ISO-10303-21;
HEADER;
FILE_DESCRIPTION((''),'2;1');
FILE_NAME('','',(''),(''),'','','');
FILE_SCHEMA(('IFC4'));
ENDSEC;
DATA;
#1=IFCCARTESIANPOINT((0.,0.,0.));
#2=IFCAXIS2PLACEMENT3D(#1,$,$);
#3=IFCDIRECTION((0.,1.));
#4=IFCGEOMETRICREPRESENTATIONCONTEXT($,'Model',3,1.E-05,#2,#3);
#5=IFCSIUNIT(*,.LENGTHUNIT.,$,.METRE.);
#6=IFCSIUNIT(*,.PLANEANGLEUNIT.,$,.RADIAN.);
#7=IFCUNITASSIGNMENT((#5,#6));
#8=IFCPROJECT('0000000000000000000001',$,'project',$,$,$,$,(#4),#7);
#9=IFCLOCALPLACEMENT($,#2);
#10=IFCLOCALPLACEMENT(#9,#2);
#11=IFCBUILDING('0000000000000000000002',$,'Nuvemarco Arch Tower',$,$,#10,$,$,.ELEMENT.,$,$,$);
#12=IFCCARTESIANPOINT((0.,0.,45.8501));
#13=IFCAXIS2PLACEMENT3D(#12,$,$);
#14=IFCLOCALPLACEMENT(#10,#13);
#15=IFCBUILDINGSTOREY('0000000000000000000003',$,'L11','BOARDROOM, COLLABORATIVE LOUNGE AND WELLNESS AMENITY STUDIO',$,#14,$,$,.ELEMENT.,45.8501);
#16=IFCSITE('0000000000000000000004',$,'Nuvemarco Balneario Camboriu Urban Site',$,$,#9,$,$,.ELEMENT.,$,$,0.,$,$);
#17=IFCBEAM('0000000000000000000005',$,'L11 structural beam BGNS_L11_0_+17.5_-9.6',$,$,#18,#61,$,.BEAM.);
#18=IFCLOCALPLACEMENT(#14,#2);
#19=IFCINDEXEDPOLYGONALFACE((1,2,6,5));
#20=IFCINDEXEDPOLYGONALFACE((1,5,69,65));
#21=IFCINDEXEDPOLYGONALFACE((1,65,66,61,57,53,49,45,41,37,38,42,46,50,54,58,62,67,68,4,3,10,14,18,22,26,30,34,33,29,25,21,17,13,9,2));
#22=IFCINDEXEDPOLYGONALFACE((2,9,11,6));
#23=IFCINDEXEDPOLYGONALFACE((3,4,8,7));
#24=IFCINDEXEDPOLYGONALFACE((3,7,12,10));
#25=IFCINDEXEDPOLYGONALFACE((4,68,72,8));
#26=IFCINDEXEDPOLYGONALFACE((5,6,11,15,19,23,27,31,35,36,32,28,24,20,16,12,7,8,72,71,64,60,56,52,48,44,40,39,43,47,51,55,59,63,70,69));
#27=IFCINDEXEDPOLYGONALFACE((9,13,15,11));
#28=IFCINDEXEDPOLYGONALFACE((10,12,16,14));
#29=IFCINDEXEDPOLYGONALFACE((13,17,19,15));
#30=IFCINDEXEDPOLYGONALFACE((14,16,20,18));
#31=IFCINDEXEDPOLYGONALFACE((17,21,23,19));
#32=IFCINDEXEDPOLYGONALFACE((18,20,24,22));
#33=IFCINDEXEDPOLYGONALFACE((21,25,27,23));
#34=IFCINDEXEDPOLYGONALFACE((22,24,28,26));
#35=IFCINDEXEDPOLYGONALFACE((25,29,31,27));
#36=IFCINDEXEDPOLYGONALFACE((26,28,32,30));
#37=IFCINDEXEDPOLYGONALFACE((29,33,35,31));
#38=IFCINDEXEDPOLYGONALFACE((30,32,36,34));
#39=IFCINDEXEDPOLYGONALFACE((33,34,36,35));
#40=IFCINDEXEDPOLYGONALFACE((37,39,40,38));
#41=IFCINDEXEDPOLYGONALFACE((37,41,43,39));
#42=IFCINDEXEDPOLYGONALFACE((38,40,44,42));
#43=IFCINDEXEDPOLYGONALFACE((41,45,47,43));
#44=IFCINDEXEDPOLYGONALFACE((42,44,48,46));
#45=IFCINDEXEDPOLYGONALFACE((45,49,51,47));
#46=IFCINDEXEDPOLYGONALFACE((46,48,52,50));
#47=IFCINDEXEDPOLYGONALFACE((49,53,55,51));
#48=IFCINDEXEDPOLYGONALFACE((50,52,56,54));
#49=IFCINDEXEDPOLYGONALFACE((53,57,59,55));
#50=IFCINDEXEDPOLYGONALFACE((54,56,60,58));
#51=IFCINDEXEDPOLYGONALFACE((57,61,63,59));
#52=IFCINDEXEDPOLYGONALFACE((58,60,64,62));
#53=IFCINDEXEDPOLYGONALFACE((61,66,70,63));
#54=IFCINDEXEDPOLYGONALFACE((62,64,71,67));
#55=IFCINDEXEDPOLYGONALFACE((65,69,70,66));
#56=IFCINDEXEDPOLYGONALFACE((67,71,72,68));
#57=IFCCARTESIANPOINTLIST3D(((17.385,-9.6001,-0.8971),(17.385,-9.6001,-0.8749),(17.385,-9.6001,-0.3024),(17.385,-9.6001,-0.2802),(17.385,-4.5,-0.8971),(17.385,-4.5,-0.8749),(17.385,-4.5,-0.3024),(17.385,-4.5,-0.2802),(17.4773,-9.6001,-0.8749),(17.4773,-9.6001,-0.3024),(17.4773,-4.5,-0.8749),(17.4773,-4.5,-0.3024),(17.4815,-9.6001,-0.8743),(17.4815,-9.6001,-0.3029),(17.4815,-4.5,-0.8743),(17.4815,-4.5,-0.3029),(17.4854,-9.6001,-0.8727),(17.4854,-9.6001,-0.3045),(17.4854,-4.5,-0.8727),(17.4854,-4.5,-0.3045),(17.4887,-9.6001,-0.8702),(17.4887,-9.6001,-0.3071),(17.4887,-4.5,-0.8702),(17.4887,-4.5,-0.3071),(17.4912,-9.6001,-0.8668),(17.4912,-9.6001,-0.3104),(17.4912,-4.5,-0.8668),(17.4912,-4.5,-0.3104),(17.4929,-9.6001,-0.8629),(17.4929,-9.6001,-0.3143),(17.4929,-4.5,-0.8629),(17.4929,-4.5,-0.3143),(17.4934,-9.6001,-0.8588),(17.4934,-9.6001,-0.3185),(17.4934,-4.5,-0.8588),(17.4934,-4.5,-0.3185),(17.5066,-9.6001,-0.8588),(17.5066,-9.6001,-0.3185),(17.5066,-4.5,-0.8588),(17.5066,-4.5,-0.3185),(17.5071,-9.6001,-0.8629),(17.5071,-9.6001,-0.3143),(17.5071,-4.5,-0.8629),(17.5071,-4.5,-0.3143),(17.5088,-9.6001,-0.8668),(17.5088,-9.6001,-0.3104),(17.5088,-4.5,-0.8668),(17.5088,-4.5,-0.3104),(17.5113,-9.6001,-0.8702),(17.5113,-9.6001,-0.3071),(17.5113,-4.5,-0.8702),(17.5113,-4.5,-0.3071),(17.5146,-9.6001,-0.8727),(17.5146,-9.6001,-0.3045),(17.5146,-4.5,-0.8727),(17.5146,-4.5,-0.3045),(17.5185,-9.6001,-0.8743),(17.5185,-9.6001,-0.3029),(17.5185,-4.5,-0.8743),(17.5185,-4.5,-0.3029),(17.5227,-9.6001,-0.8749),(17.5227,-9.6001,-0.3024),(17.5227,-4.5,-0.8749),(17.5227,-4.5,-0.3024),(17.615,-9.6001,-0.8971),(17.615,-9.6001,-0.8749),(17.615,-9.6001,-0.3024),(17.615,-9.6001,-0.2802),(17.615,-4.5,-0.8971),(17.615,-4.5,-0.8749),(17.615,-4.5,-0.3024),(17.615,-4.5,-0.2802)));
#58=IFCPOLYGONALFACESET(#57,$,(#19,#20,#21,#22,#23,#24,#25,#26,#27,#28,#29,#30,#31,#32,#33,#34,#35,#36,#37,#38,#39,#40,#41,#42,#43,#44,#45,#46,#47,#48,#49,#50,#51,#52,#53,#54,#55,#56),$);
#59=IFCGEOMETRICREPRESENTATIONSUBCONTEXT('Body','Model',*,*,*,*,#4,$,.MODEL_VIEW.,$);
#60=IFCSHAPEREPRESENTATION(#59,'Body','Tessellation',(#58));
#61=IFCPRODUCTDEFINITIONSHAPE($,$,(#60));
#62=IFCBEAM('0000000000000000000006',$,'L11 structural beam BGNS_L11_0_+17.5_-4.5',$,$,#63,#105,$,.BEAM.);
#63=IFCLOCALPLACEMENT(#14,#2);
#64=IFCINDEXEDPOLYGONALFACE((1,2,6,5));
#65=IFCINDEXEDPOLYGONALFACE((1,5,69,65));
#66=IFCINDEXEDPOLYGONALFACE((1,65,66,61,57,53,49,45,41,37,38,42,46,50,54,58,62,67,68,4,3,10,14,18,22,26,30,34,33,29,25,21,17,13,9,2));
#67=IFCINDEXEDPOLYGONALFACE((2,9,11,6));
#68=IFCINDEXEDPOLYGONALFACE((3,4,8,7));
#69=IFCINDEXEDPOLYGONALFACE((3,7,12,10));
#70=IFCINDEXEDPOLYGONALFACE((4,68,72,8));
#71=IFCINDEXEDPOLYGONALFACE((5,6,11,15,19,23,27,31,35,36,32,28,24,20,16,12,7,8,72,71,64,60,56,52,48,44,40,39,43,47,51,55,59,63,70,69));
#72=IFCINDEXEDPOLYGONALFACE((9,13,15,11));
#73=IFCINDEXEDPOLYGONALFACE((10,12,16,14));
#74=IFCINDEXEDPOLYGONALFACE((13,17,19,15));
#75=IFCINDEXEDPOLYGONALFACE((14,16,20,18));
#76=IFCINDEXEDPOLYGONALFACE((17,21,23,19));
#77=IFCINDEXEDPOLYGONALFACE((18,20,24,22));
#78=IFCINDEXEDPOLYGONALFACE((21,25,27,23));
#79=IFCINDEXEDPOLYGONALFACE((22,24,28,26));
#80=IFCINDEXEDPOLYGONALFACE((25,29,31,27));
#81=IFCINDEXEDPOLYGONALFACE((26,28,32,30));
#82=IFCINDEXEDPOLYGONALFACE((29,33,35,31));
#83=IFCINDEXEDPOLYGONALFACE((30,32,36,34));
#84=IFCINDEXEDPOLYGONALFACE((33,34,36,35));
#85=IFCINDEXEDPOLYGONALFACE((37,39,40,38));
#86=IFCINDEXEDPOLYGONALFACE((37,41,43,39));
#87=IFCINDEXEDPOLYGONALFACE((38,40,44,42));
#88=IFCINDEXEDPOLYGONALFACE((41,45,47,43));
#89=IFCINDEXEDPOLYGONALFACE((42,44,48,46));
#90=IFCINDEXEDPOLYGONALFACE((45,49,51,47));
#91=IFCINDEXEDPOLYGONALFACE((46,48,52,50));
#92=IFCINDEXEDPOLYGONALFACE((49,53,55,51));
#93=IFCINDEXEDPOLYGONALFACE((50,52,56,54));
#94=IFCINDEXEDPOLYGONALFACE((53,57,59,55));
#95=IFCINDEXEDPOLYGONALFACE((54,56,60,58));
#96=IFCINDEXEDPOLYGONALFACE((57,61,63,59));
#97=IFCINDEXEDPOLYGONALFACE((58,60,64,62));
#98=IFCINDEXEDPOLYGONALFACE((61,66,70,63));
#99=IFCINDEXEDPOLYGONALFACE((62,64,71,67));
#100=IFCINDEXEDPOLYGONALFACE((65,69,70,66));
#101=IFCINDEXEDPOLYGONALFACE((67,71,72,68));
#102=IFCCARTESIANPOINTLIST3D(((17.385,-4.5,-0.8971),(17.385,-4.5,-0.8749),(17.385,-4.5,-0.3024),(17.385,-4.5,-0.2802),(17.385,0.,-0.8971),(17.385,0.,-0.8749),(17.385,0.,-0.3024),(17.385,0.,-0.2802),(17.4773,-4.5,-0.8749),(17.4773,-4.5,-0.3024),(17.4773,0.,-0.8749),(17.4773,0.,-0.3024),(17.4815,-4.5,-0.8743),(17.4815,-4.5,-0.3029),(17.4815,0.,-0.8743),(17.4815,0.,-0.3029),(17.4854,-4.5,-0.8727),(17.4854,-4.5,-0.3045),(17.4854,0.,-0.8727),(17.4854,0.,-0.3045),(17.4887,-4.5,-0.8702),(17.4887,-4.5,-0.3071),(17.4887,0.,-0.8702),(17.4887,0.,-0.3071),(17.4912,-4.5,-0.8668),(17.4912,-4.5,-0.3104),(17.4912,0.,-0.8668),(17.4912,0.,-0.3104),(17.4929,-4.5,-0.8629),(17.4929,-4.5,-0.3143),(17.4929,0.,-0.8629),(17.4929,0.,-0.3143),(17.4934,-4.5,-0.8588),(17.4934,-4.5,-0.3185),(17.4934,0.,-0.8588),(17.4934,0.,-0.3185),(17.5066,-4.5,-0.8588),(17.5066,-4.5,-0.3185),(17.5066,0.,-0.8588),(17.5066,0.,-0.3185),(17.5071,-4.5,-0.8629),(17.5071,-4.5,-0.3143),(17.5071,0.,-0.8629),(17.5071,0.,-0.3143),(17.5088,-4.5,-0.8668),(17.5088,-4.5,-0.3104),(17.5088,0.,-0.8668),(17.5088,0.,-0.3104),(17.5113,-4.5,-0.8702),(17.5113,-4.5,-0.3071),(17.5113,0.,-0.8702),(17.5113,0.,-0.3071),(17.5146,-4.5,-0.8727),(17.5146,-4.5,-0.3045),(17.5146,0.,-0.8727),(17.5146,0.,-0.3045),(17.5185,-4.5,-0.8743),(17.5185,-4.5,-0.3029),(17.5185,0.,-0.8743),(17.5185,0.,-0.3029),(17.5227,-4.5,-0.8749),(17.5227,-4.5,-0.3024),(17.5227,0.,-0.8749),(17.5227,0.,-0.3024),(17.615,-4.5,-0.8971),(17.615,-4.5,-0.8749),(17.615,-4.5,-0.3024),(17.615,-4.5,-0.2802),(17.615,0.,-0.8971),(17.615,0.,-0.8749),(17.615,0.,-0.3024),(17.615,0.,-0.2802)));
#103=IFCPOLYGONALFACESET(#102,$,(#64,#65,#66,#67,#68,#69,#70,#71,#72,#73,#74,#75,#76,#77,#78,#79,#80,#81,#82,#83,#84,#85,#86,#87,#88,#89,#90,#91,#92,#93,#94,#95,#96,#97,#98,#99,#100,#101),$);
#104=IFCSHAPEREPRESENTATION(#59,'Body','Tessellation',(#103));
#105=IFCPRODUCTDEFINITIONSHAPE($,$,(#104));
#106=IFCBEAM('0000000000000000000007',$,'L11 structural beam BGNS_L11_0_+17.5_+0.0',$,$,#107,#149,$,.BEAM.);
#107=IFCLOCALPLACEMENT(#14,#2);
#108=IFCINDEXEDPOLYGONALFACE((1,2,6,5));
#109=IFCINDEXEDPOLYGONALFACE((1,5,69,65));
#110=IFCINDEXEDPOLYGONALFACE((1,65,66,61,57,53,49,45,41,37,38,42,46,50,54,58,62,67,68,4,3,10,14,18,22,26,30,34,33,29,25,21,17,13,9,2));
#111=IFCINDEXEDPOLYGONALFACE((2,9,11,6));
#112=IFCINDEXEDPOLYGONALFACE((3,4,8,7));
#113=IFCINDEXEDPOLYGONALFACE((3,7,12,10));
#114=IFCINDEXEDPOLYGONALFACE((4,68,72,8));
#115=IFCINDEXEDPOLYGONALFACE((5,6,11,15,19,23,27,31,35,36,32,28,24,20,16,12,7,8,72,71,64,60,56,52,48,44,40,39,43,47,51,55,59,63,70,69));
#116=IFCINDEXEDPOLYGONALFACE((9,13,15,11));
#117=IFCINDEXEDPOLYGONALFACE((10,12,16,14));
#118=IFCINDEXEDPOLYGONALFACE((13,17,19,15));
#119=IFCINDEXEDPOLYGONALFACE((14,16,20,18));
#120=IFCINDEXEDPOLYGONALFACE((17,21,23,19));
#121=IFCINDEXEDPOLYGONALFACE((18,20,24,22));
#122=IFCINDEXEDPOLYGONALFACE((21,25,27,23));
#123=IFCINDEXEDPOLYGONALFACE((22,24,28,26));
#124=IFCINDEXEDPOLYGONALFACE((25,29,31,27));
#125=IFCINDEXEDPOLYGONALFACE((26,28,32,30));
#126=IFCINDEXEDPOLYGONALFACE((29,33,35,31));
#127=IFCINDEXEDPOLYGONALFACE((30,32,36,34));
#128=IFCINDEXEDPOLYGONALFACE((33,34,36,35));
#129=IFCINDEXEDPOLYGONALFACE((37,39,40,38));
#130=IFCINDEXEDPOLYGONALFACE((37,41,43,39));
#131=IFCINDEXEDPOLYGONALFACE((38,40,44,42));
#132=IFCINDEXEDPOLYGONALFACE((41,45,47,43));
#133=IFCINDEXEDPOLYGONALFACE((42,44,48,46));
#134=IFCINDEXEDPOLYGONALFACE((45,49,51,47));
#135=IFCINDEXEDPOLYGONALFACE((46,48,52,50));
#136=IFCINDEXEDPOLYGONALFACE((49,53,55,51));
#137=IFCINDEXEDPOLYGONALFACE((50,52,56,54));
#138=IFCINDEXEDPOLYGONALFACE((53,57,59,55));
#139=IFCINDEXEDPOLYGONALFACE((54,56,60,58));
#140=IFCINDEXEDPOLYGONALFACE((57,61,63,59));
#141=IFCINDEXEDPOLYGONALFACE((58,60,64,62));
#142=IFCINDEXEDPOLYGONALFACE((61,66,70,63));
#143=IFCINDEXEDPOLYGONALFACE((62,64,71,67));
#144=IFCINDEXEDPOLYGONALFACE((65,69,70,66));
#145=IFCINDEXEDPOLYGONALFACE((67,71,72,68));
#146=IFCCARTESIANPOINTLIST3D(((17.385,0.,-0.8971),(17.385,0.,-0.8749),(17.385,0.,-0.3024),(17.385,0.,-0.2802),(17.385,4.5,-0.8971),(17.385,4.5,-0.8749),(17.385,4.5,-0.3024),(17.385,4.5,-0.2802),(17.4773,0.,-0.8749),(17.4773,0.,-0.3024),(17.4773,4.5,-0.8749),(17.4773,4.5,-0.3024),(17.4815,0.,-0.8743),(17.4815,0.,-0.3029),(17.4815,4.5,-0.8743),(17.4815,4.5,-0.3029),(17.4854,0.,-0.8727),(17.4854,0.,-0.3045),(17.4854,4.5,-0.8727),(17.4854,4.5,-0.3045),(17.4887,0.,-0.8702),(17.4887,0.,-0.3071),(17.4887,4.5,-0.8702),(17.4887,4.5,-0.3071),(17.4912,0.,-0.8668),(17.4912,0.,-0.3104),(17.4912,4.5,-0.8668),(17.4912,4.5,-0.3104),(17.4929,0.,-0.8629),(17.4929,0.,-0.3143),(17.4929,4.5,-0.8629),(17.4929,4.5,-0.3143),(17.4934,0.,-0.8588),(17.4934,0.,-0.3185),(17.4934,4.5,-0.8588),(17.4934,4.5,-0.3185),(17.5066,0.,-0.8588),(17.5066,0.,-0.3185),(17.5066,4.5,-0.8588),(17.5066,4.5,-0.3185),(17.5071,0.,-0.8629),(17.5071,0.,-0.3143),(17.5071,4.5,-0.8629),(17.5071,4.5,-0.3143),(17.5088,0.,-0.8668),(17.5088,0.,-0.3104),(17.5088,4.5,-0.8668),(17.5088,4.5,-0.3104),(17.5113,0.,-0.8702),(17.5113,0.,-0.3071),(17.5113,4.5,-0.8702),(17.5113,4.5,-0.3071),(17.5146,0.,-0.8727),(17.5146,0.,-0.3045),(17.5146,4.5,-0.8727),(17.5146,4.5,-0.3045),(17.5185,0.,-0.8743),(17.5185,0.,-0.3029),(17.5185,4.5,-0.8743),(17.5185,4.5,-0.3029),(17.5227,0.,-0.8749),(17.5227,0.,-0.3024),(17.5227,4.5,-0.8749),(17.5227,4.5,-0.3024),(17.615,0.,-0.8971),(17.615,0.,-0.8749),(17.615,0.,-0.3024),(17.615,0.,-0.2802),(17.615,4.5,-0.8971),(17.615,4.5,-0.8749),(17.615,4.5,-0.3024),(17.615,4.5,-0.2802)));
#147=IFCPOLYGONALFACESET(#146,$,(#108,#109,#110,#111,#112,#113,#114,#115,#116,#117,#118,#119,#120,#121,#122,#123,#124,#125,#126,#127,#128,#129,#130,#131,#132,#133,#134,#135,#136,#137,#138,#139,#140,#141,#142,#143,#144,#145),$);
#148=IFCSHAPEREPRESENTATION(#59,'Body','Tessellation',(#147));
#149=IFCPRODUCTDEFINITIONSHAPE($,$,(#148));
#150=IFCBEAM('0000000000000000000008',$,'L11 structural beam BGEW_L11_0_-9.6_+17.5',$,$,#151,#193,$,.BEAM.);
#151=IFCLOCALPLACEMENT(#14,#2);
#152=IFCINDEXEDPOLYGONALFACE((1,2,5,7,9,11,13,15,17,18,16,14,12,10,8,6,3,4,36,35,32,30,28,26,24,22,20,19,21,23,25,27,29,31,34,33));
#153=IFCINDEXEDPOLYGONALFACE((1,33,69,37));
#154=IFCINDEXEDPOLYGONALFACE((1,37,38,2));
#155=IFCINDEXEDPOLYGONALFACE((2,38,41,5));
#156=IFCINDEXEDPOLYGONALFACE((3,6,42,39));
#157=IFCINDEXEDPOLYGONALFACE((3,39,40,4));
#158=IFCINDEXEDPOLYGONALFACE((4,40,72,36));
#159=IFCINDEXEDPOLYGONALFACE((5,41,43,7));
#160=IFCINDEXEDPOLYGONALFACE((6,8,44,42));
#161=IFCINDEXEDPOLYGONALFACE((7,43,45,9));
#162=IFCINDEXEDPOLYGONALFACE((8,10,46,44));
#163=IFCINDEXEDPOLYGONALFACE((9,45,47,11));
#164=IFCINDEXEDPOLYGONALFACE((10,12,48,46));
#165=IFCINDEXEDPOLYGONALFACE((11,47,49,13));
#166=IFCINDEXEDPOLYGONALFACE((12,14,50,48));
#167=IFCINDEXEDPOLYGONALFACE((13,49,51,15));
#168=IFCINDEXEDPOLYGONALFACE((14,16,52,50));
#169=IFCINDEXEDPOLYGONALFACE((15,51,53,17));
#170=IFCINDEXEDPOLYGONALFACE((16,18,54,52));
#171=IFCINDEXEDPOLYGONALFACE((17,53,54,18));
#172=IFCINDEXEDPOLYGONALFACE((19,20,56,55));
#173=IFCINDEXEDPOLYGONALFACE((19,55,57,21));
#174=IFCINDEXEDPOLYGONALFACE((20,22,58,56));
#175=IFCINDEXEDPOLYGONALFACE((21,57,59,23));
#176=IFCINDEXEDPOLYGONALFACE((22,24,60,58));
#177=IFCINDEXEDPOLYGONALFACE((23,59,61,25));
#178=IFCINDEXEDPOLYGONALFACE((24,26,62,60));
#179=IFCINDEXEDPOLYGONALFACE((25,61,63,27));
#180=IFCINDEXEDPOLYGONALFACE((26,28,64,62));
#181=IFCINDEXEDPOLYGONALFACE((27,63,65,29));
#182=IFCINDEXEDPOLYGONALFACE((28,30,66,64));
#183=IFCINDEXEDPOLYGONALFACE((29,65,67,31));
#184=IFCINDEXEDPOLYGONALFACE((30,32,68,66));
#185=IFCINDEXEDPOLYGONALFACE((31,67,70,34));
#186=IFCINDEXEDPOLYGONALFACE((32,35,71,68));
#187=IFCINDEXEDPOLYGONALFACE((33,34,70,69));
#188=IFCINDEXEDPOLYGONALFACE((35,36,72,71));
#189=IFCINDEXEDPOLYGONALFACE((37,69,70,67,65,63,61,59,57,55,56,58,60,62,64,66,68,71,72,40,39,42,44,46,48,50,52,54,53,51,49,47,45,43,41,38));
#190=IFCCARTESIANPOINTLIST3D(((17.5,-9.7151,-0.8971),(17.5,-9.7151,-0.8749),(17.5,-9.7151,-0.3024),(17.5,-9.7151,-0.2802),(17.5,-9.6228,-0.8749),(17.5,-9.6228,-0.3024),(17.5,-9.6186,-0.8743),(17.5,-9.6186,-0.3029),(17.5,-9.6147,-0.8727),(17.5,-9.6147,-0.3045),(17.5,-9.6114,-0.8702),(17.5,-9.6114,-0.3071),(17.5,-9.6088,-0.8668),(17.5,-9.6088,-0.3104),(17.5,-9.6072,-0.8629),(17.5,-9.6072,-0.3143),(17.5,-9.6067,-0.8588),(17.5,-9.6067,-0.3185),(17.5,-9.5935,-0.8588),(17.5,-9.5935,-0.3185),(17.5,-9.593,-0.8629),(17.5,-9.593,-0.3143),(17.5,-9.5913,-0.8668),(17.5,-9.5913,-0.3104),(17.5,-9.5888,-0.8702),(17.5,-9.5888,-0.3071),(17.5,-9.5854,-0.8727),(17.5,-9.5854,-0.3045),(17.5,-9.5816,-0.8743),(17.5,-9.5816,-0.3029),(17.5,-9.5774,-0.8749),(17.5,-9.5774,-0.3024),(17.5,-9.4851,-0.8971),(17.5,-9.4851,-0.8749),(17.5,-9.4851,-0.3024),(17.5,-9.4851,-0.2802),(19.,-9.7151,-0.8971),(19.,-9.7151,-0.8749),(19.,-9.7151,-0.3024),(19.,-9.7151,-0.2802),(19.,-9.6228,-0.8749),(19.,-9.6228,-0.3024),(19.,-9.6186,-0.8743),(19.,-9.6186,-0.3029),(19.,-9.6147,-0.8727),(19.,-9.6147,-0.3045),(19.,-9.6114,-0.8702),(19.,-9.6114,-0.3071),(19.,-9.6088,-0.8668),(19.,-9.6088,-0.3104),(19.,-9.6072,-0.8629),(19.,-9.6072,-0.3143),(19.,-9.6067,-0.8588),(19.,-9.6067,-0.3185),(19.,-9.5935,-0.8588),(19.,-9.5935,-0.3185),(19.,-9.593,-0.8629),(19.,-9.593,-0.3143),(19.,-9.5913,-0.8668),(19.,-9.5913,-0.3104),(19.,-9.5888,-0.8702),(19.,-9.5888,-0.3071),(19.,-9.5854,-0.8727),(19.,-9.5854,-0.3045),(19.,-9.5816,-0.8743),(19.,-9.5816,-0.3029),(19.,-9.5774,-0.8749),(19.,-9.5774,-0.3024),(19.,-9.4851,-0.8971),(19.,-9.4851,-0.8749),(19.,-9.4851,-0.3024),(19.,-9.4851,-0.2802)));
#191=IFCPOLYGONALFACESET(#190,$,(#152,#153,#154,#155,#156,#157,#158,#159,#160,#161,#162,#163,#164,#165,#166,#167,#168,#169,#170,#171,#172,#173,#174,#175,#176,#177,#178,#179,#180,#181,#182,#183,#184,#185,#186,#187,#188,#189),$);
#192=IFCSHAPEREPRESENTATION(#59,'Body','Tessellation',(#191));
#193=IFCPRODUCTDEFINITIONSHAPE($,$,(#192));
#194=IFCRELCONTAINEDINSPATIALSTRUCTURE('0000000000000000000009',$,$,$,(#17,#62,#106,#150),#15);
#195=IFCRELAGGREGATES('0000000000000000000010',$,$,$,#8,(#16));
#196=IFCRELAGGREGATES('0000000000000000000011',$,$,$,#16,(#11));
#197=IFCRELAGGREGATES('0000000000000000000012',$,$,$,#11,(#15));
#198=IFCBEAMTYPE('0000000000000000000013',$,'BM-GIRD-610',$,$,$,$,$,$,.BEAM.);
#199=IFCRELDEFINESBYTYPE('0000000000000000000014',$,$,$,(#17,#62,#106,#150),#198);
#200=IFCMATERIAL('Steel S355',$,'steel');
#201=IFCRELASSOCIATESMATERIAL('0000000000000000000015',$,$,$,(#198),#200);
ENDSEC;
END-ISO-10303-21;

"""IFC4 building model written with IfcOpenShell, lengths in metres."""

from ifc_helpers import new_model, si_unit, direction, frame, origin, origin_2d, place, context, subcontext, project, spatial, i_section, extrude, material, material_profile, profile_set, type_object, element, save


model = new_model("IFC4")

# Units and contexts
model_context = context("Model", 3, precision=1e-05, world=origin(), true_north=direction((0.0, 1.0)))
body_context = subcontext(model_context, "Body", "Model", "MODEL_VIEW")
ifc_project = project(units=[si_unit("LENGTHUNIT", "METRE"), si_unit("PLANEANGLEUNIT", "RADIAN")], contexts=[model_context])

# Site, building, storey
site_placement = place(None, origin())
site = spatial("IfcSite", under=ifc_project, at=site_placement, Name="Nuvemarco Balneario Camboriu Urban Site", CompositionType="ELEMENT", RefElevation=0.0)
building_placement = place(site_placement, origin())
building = spatial("IfcBuilding", under=site, at=building_placement, Name="Nuvemarco Arch Tower", CompositionType="ELEMENT")
storey_placement = place(building_placement, frame((0.0, 0.0, 45.8501)))
storey = spatial("IfcBuildingStorey", under=building, at=storey_placement, Name="L11", Description="BOARDROOM, COLLABORATIVE LOUNGE AND WELLNESS AMENITY STUDIO", CompositionType="ELEMENT", Elevation=45.8501)

# Beams
ifc_material_1 = material(Name="Steel S355", Category="steel")
ifc_material_profile_1 = material_profile(ifc_material_1, i_section(OverallWidth=0.23, OverallDepth=0.6169, WebThickness=0.0132, FlangeThickness=0.0222, FilletRadius=0.0161, at=origin_2d()), Name="W610x140")
ifc_profile_set_1 = profile_set([ifc_material_profile_1], Name="Steel S355")
beam_type_1 = type_object("IfcBeamType", Name="BM-GIRD-610", PredefinedType="BEAM", material=ifc_profile_set_1)
beam_placement = place(storey_placement, frame((17.5, -9.6001, -0.5886), z_axis=(0.0, 1.0, 0.0), x_axis=(-1.0, 0.0, 0.0)))
element("IfcBeam", 1, at=beam_placement, inside=storey, type_object=beam_type_1, Name="L11 structural beam BGNS_L11_0_+17.5_-9.6", PredefinedType="BEAM", context=body_context, shape_type="SweptSolid", body=[
    extrude(i_section(OverallWidth=0.23, OverallDepth=0.6169, WebThickness=0.0132, FlangeThickness=0.0222, FilletRadius=0.0161, at=origin_2d()), origin(), (0.0, 0.0, 1.0), 5.1001),
])
for number, where, z_axis, x_axis, name in (
    (2, (17.5, -4.5, -0.5886), (0.0, 1.0, 0.0), (-1.0, 0.0, 0.0), "L11 structural beam BGNS_L11_0_+17.5_-4.5"),
    (3, (17.5, 0.0, -0.5886), (0.0, 1.0, 0.0), (-1.0, 0.0, 0.0), "L11 structural beam BGNS_L11_0_+17.5_+0.0"),
):
    element("IfcBeam", number, at=place(storey_placement, frame(where, z_axis=z_axis, x_axis=x_axis)), inside=storey, type_object=beam_type_1, Name=name, PredefinedType="BEAM", context=body_context, shape_type="SweptSolid", body=[
        extrude(i_section(OverallWidth=0.23, OverallDepth=0.6169, WebThickness=0.0132, FlangeThickness=0.0222, FilletRadius=0.0161, at=origin_2d()), origin(), (0.0, 0.0, 1.0), 4.5),
    ])
for number, where, z_axis, x_axis, name in (
    (4, (17.5, -9.6001, -0.5886), (1.0, 0.0, 0.0), (0.0, 1.0, 0.0), "L11 structural beam BGEW_L11_0_-9.6_+17.5"),
):
    element("IfcBeam", number, at=place(storey_placement, frame(where, z_axis=z_axis, x_axis=x_axis)), inside=storey, type_object=beam_type_1, Name=name, PredefinedType="BEAM", context=body_context, shape_type="SweptSolid", body=[
        extrude(i_section(OverallWidth=0.23, OverallDepth=0.6169, WebThickness=0.0132, FlangeThickness=0.0222, FilletRadius=0.0161, at=origin_2d()), origin(), (0.0, 0.0, 1.0), 1.5),
    ])

save(model, "model.ifc")
